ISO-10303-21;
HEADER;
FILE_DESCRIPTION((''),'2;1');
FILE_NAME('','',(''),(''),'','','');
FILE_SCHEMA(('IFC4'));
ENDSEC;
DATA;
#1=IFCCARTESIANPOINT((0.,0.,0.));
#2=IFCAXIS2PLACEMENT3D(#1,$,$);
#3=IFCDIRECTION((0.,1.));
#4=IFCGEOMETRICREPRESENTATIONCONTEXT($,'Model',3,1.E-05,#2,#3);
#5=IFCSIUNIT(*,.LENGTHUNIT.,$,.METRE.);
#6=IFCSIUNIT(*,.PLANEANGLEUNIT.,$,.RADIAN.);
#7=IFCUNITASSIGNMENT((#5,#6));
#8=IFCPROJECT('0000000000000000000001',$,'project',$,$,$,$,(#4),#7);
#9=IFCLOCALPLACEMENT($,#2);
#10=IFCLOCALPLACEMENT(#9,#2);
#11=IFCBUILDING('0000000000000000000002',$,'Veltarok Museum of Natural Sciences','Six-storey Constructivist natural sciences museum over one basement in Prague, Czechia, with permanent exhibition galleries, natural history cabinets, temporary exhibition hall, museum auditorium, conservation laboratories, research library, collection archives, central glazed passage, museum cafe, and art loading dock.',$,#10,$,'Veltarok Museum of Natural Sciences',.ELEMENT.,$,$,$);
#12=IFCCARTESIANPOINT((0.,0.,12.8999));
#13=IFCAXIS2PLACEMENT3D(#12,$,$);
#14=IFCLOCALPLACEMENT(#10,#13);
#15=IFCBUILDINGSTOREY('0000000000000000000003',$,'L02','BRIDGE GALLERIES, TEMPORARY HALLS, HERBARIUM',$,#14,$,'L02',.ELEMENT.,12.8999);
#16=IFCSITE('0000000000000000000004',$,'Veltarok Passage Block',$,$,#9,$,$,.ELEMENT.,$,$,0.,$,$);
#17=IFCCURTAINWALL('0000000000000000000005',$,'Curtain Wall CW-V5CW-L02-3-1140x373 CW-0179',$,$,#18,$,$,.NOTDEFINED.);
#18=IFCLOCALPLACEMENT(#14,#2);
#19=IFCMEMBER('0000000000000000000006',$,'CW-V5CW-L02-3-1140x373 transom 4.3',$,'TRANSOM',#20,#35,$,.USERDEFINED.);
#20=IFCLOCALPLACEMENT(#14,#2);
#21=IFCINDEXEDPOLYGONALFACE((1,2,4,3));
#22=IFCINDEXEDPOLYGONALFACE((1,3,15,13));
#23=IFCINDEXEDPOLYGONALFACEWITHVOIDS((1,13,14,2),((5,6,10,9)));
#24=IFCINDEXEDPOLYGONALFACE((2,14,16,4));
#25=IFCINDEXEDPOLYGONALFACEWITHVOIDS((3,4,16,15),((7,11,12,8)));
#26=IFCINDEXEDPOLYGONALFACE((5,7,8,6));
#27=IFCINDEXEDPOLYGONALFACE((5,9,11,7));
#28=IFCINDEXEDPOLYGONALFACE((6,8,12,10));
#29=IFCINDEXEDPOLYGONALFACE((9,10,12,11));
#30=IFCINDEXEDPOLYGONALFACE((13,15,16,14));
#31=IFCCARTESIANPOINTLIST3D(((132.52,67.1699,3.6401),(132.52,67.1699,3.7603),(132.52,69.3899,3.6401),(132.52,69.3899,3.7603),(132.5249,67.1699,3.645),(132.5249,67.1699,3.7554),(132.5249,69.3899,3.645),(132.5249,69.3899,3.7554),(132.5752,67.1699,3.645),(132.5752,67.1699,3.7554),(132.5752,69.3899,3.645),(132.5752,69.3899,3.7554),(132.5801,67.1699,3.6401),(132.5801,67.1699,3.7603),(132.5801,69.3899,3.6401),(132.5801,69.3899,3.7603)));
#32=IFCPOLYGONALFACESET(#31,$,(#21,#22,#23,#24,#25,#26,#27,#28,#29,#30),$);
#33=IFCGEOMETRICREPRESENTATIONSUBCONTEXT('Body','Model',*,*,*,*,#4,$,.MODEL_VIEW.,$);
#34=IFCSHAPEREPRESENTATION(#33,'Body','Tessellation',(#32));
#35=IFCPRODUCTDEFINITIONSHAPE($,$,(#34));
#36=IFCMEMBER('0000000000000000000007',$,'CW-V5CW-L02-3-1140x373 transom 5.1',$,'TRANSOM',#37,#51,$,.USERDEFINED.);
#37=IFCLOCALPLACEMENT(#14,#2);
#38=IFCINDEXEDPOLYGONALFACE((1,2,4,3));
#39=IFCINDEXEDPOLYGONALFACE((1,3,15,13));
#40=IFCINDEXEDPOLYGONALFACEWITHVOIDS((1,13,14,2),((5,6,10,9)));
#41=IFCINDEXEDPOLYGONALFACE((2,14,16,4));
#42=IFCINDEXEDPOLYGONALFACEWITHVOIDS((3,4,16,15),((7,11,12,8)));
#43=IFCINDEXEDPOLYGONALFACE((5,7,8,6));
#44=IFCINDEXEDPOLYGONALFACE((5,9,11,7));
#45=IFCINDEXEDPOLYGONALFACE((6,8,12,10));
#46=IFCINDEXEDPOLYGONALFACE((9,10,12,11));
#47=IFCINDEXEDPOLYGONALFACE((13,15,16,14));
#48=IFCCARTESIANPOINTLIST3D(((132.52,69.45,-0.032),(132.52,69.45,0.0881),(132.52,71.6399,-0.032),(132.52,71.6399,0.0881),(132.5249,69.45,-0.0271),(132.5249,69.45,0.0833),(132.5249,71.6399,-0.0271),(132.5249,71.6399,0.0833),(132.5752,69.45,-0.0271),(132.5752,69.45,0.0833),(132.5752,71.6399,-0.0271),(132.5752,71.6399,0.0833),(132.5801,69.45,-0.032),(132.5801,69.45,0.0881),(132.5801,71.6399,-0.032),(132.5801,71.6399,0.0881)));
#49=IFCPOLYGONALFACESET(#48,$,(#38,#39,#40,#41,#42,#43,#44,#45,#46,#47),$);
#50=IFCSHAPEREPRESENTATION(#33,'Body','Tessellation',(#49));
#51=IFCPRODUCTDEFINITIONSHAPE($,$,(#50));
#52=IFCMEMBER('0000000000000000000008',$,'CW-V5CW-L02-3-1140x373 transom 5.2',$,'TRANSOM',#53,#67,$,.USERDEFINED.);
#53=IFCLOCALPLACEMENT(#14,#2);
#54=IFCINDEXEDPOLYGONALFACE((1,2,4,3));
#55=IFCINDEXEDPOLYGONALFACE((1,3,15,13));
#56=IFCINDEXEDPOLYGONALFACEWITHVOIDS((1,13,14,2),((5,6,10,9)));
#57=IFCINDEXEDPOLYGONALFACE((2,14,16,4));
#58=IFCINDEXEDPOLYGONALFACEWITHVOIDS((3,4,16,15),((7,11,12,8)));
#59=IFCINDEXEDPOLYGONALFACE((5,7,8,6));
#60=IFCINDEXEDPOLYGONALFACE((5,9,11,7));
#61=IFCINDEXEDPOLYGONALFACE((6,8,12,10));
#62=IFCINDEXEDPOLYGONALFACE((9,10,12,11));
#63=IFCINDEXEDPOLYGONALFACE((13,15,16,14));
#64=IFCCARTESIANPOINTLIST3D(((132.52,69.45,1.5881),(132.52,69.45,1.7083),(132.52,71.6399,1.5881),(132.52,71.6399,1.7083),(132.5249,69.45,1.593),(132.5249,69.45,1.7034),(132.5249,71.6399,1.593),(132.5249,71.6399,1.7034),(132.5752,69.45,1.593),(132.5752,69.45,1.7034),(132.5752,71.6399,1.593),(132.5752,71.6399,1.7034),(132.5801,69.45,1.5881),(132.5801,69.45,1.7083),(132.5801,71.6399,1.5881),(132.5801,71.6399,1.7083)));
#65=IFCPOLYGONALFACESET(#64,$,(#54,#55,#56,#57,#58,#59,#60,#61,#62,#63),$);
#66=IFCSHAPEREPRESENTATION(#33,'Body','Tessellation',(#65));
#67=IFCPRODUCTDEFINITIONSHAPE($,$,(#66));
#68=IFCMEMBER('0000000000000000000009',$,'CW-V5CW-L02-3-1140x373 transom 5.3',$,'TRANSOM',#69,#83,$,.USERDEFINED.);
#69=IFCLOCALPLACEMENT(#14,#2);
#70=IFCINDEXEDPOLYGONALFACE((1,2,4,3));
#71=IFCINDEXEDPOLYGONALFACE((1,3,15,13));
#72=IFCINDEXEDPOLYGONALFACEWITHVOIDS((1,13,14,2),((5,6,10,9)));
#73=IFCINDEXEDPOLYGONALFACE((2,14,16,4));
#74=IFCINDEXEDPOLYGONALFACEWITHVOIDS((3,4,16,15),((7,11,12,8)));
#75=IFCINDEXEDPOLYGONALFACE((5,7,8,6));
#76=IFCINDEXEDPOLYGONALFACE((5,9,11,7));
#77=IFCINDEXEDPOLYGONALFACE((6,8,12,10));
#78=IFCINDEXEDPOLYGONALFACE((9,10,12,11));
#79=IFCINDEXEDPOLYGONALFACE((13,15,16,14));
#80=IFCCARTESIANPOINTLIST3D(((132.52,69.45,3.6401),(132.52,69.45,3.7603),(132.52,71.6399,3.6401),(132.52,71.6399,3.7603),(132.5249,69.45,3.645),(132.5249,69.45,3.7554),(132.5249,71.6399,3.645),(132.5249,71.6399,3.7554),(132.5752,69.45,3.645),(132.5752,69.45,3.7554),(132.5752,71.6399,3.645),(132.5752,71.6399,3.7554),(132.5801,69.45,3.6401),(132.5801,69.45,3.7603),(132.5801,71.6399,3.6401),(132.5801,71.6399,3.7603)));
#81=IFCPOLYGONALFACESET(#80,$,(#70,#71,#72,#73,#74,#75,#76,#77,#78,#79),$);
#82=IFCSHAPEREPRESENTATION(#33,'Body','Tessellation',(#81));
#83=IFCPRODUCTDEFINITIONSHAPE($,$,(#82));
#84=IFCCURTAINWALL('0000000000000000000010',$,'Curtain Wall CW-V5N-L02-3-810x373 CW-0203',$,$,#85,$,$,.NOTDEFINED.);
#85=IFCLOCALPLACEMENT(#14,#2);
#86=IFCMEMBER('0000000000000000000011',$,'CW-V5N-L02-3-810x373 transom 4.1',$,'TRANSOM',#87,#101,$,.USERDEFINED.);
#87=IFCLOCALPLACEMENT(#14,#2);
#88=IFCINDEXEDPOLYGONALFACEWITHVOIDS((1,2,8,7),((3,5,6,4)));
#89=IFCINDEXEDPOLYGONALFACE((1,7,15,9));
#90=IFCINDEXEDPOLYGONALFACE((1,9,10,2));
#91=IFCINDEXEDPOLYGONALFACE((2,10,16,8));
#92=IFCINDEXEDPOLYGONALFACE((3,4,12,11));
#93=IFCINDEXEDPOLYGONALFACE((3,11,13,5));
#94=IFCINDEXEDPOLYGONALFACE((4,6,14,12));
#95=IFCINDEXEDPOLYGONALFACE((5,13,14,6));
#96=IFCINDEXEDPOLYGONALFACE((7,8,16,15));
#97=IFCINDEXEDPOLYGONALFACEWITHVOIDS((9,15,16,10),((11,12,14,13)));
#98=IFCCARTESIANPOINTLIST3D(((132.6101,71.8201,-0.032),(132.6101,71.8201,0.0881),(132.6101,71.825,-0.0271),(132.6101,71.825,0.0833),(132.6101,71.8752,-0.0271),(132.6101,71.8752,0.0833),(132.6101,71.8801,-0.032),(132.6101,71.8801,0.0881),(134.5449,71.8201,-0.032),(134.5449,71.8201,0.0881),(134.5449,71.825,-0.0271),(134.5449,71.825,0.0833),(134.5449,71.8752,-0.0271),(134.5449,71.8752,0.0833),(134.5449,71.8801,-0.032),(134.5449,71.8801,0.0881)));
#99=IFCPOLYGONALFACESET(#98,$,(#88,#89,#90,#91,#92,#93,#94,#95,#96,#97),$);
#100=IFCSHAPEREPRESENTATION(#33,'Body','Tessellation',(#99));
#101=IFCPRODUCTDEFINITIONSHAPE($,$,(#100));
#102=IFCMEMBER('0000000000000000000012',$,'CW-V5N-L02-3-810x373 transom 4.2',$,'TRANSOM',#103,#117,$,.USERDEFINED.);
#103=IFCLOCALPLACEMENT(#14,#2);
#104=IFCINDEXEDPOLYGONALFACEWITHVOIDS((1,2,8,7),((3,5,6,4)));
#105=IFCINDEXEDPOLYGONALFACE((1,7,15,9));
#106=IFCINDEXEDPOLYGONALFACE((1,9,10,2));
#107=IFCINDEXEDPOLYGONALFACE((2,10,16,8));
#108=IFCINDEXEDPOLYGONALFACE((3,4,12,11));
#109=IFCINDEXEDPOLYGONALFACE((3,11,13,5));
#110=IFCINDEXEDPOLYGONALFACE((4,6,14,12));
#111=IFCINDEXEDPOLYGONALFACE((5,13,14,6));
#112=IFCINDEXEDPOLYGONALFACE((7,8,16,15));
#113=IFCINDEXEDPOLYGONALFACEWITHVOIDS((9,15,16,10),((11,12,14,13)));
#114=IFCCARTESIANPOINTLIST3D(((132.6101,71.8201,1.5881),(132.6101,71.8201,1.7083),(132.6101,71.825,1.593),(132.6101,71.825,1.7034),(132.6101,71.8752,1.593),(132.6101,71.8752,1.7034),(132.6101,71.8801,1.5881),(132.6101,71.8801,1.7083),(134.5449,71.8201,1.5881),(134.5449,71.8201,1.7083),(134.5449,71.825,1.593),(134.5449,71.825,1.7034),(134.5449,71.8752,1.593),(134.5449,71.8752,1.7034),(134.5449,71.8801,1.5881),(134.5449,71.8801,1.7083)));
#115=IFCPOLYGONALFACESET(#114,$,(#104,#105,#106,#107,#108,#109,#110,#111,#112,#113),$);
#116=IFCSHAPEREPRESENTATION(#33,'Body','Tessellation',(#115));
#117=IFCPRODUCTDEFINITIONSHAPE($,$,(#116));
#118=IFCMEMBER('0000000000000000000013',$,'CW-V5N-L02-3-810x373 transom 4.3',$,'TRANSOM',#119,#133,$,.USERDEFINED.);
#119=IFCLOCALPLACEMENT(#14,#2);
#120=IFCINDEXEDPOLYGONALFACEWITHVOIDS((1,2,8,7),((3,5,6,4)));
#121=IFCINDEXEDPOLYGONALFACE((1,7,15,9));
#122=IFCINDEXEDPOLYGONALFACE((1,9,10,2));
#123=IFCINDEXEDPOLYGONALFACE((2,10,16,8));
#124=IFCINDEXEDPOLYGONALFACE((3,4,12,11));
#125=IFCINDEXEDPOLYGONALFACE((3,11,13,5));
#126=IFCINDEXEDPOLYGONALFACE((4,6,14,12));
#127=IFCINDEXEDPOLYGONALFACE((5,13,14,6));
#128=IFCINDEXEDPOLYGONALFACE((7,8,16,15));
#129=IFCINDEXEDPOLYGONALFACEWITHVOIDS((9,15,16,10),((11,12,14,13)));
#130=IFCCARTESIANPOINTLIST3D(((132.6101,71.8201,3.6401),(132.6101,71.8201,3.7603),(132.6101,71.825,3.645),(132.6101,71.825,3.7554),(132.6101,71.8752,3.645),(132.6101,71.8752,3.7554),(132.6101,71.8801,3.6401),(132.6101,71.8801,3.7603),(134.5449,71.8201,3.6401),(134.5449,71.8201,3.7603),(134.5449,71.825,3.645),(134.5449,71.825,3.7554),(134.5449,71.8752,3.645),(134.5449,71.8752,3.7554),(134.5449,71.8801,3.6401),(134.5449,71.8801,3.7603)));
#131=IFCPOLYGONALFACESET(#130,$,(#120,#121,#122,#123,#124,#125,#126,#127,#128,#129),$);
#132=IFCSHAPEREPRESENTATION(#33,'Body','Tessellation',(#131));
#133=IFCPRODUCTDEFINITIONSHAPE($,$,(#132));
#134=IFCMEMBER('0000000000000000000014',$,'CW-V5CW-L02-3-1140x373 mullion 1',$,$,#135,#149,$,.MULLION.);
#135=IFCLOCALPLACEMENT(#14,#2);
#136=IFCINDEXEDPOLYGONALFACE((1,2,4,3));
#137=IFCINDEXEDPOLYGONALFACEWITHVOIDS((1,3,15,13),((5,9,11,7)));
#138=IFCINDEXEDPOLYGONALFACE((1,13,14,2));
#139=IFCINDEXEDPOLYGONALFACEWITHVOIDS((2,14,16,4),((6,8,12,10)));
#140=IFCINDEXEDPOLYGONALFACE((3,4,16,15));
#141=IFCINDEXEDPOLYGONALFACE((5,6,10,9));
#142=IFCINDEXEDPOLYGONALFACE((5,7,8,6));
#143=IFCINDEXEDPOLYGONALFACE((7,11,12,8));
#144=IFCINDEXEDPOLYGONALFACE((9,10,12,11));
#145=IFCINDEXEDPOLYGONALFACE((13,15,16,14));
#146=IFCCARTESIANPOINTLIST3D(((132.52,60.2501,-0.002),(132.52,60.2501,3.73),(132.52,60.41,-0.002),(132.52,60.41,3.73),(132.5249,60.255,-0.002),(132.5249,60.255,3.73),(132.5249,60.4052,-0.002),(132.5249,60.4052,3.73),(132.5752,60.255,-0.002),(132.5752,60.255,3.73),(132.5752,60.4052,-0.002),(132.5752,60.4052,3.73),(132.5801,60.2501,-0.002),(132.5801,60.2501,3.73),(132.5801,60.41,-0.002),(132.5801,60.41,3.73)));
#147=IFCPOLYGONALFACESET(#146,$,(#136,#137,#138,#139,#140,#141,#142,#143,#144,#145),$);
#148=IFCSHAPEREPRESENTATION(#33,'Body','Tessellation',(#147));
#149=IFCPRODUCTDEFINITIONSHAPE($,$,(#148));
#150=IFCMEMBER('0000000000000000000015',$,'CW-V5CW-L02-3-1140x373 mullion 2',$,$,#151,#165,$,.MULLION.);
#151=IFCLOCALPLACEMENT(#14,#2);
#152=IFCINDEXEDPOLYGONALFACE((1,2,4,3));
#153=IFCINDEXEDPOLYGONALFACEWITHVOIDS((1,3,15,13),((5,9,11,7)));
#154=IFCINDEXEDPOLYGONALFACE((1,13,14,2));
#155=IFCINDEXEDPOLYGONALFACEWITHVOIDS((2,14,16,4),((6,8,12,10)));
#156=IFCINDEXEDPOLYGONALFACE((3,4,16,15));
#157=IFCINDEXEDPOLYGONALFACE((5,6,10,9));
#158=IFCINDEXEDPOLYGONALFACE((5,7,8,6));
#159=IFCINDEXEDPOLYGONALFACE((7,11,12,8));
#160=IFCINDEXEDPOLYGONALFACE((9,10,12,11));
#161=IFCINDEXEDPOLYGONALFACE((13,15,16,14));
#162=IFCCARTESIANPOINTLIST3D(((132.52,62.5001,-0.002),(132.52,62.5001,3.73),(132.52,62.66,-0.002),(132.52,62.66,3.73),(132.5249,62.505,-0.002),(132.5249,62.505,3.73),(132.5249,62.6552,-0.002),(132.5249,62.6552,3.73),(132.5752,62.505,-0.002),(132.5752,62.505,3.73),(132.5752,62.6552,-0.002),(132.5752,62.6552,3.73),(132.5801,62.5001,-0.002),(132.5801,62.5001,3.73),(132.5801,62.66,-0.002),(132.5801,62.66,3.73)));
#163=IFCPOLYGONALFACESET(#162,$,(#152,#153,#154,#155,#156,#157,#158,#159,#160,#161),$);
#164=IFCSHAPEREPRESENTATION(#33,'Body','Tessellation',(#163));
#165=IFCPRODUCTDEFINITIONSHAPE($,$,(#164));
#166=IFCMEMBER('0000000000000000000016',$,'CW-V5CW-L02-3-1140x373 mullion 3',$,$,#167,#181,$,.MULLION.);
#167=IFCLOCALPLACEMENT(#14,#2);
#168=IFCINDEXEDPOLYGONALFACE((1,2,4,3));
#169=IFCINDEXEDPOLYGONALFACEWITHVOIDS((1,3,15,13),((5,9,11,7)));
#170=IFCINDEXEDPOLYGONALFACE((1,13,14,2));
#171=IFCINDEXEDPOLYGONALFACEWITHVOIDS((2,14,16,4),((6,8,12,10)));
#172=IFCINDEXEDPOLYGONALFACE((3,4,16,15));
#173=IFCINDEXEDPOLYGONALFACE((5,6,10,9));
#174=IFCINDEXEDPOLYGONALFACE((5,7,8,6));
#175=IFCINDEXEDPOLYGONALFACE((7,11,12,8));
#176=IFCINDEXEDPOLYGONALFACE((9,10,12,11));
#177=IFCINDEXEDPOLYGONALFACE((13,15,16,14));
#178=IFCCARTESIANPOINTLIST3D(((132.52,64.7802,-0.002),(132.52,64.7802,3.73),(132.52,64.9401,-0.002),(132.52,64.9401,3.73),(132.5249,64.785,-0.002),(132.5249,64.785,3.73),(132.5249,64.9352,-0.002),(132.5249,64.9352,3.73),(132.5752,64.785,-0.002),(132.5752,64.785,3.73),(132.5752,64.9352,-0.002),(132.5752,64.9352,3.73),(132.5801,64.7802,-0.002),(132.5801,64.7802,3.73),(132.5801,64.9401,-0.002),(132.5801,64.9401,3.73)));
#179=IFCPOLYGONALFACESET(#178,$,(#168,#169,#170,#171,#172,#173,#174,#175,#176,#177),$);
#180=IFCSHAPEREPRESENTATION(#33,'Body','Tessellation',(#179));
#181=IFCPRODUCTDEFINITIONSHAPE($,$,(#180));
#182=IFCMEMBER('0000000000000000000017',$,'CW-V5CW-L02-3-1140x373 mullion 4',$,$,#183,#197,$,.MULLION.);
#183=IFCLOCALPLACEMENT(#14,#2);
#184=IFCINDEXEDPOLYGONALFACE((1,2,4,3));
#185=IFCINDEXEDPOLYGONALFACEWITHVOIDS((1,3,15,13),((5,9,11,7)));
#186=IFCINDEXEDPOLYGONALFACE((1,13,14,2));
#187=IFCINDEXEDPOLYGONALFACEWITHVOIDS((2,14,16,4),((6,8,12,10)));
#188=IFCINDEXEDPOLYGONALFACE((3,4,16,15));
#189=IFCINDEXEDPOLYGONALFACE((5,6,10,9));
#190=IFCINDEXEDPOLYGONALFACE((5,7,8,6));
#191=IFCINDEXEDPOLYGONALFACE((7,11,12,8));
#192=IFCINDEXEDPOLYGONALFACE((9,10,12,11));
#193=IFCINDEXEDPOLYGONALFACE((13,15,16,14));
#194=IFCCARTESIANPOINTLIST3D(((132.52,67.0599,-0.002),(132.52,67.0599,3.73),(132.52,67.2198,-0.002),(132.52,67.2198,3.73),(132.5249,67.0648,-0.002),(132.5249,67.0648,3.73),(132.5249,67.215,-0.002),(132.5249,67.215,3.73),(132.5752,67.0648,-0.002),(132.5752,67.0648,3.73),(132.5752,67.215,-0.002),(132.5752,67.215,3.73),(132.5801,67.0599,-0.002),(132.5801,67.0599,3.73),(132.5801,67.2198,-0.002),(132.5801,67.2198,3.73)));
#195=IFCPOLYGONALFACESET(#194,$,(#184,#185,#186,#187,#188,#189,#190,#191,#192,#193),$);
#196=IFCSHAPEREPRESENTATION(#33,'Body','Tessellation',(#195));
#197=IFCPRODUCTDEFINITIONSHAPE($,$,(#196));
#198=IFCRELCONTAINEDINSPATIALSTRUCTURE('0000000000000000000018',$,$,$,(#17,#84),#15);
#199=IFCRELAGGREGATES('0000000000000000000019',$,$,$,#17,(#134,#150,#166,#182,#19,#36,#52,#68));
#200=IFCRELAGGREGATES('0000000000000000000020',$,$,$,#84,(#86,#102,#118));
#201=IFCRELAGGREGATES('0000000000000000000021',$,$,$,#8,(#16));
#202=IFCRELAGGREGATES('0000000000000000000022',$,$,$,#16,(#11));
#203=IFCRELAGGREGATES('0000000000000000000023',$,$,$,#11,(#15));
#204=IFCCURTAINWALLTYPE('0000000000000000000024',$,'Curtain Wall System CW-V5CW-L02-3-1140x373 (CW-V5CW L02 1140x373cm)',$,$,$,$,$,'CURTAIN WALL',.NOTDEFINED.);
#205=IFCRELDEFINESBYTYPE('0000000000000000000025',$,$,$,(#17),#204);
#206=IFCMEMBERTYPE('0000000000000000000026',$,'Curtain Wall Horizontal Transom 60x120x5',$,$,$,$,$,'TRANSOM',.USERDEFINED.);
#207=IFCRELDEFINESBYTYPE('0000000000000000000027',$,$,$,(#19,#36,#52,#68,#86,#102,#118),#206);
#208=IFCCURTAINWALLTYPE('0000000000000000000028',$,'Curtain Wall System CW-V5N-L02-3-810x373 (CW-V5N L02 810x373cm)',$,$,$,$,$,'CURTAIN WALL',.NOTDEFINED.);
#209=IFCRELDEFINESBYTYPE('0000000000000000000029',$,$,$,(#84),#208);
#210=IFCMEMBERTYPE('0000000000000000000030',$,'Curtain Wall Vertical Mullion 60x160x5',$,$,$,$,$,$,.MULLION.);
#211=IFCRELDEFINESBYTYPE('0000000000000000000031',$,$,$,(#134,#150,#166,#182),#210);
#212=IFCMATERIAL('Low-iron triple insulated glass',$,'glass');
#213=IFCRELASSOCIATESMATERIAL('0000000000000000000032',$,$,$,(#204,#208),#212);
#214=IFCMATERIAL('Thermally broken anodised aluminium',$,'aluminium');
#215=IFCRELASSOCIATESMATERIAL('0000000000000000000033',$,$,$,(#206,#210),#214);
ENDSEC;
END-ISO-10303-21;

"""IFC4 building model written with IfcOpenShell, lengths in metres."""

from ifc_helpers import new_model, si_unit, direction, frame, origin, origin_2d, place, context, subcontext, project, spatial, hollow_rectangle, extrude, material, material_profile, profile_set, type_object, element, aggregate, save


model = new_model("IFC4")

# Units and contexts
model_context = context("Model", 3, precision=1e-05, world=origin(), true_north=direction((0.0, 1.0)))
body_context = subcontext(model_context, "Body", "Model", "MODEL_VIEW")
ifc_project = project(units=[si_unit("LENGTHUNIT", "METRE"), si_unit("PLANEANGLEUNIT", "RADIAN")], contexts=[model_context])

# Site, building, storey
site_placement = place(None, origin())
site = spatial("IfcSite", under=ifc_project, at=site_placement, Name="Veltarok Passage Block", CompositionType="ELEMENT", RefElevation=0.0)
building_placement = place(site_placement, origin())
building = spatial("IfcBuilding", under=site, at=building_placement, Name="Veltarok Museum of Natural Sciences", Description="Six-storey Constructivist natural sciences museum over one basement in Prague, Czechia, with permanent exhibition galleries, natural history cabinets, temporary exhibition hall, museum auditorium, conservation laboratories, research library, collection archives, central glazed passage, museum cafe, and art loading dock.", LongName="Veltarok Museum of Natural Sciences", CompositionType="ELEMENT")
storey_placement = place(building_placement, frame((0.0, 0.0, 12.8999)))
storey = spatial("IfcBuildingStorey", under=building, at=storey_placement, Name="L02", Description="BRIDGE GALLERIES, TEMPORARY HALLS, HERBARIUM", LongName="L02", CompositionType="ELEMENT", Elevation=12.8999)

# Curtain walls, members
ifc_material_1 = material(Name="Low-iron triple insulated glass", Category="glass")
curtain_wall_type_1 = type_object("IfcCurtainWallType", Name="Curtain Wall System CW-V5CW-L02-3-1140x373 (CW-V5CW L02 1140x373cm)", ElementType="CURTAIN WALL", PredefinedType="NOTDEFINED", material=ifc_material_1)
curtain_wall_1_placement = place(storey_placement, origin())
curtain_wall_1 = element("IfcCurtainWall", 1, at=curtain_wall_1_placement, inside=storey, type_object=curtain_wall_type_1, Name="Curtain Wall CW-V5CW-L02-3-1140x373 CW-0179", PredefinedType="NOTDEFINED")
ifc_material_2 = material(Name="Thermally broken anodised aluminium", Category="aluminium")
ifc_material_profile_1 = material_profile(ifc_material_2, hollow_rectangle(XDim=0.0601, YDim=0.1201, WallThickness=0.0049, at=origin_2d()), Name="CW TRANSOM 60x120x5")
ifc_profile_set_1 = profile_set([ifc_material_profile_1], Name="Thermally broken anodised aluminium")
member_type_1 = type_object("IfcMemberType", Name="Curtain Wall Horizontal Transom 60x120x5", ElementType="TRANSOM", PredefinedType="USERDEFINED", material=ifc_profile_set_1)
member_1_placement = place(storey_placement, frame((132.55, 67.1699, 3.7002), z_axis=(0.0, 1.0, 0.0), x_axis=(-1.0, 0.0, 0.0)))
member_1 = element("IfcMember", 2, at=member_1_placement, type_object=member_type_1, Name="CW-V5CW-L02-3-1140x373 transom 4.3", ObjectType="TRANSOM", PredefinedType="USERDEFINED", context=body_context, shape_type="SweptSolid", body=[
    extrude(hollow_rectangle(XDim=0.0601, YDim=0.1201, WallThickness=0.0049, at=origin_2d()), origin(), (0.0, 0.0, 1.0), 2.22),
])
member_2_placement = place(storey_placement, frame((132.55, 69.45, 0.0281), z_axis=(0.0, 1.0, 0.0), x_axis=(-1.0, 0.0, 0.0)))
member_2 = element("IfcMember", 3, at=member_2_placement, type_object=member_type_1, Name="CW-V5CW-L02-3-1140x373 transom 5.1", ObjectType="TRANSOM", PredefinedType="USERDEFINED", context=body_context, shape_type="SweptSolid", body=[
    extrude(hollow_rectangle(XDim=0.0601, YDim=0.1201, WallThickness=0.0049, at=origin_2d()), origin(), (0.0, 0.0, 1.0), 2.1899),
])
member_3_placement = place(storey_placement, frame((132.55, 69.45, 1.6482), z_axis=(0.0, 1.0, 0.0), x_axis=(-1.0, 0.0, 0.0)))
member_3 = element("IfcMember", 4, at=member_3_placement, type_object=member_type_1, Name="CW-V5CW-L02-3-1140x373 transom 5.2", ObjectType="TRANSOM", PredefinedType="USERDEFINED", context=body_context, shape_type="SweptSolid", body=[
    extrude(hollow_rectangle(XDim=0.0601, YDim=0.1201, WallThickness=0.0049, at=origin_2d()), origin(), (0.0, 0.0, 1.0), 2.1899),
])
member_4_placement = place(storey_placement, frame((132.55, 69.45, 3.7002), z_axis=(0.0, 1.0, 0.0), x_axis=(-1.0, 0.0, 0.0)))
member_4 = element("IfcMember", 5, at=member_4_placement, type_object=member_type_1, Name="CW-V5CW-L02-3-1140x373 transom 5.3", ObjectType="TRANSOM", PredefinedType="USERDEFINED", context=body_context, shape_type="SweptSolid", body=[
    extrude(hollow_rectangle(XDim=0.0601, YDim=0.1201, WallThickness=0.0049, at=origin_2d()), origin(), (0.0, 0.0, 1.0), 2.1899),
])
curtain_wall_type_2 = type_object("IfcCurtainWallType", Name="Curtain Wall System CW-V5N-L02-3-810x373 (CW-V5N L02 810x373cm)", ElementType="CURTAIN WALL", PredefinedType="NOTDEFINED", material=ifc_material_1)
curtain_wall_2_placement = place(storey_placement, origin())
curtain_wall_2 = element("IfcCurtainWall", 6, at=curtain_wall_2_placement, inside=storey, type_object=curtain_wall_type_2, Name="Curtain Wall CW-V5N-L02-3-810x373 CW-0203", PredefinedType="NOTDEFINED")
member_5_placement = place(storey_placement, frame((134.5449, 71.8501, 0.0281), z_axis=(-1.0, 0.0, 0.0), x_axis=(0.0, -1.0, 0.0)))
member_5 = element("IfcMember", 7, at=member_5_placement, type_object=member_type_1, Name="CW-V5N-L02-3-810x373 transom 4.1", ObjectType="TRANSOM", PredefinedType="USERDEFINED", context=body_context, shape_type="SweptSolid", body=[
    extrude(hollow_rectangle(XDim=0.0601, YDim=0.1201, WallThickness=0.0049, at=origin_2d()), origin(), (0.0, 0.0, 1.0), 1.9348),
])
member_6_placement = place(storey_placement, frame((134.5449, 71.8501, 1.6482), z_axis=(-1.0, 0.0, 0.0), x_axis=(0.0, -1.0, 0.0)))
member_6 = element("IfcMember", 8, at=member_6_placement, type_object=member_type_1, Name="CW-V5N-L02-3-810x373 transom 4.2", ObjectType="TRANSOM", PredefinedType="USERDEFINED", context=body_context, shape_type="SweptSolid", body=[
    extrude(hollow_rectangle(XDim=0.0601, YDim=0.1201, WallThickness=0.0049, at=origin_2d()), origin(), (0.0, 0.0, 1.0), 1.9348),
])
member_7_placement = place(storey_placement, frame((134.5449, 71.8501, 3.7002), z_axis=(-1.0, 0.0, 0.0), x_axis=(0.0, -1.0, 0.0)))
member_7 = element("IfcMember", 9, at=member_7_placement, type_object=member_type_1, Name="CW-V5N-L02-3-810x373 transom 4.3", ObjectType="TRANSOM", PredefinedType="USERDEFINED", context=body_context, shape_type="SweptSolid", body=[
    extrude(hollow_rectangle(XDim=0.0601, YDim=0.1201, WallThickness=0.0049, at=origin_2d()), origin(), (0.0, 0.0, 1.0), 1.9348),
])

# Members
ifc_material_profile_2 = material_profile(ifc_material_2, hollow_rectangle(XDim=0.0601, YDim=0.1599, WallThickness=0.0049, at=origin_2d()), Name="CW MULLION 60x160x5")
ifc_profile_set_2 = profile_set([ifc_material_profile_2], Name="Thermally broken anodised aluminium")
member_type_2 = type_object("IfcMemberType", Name="Curtain Wall Vertical Mullion 60x160x5", PredefinedType="MULLION", material=ifc_profile_set_2)
member_8_placement = place(storey_placement, frame((132.55, 60.3301, -0.002), z_axis=(0.0, 0.0, 1.0), x_axis=(-1.0, 0.0, 0.0)))
member_8 = element("IfcMember", 10, at=member_8_placement, type_object=member_type_2, Name="CW-V5CW-L02-3-1140x373 mullion 1", PredefinedType="MULLION", context=body_context, shape_type="SweptSolid", body=[
    extrude(hollow_rectangle(XDim=0.0601, YDim=0.1599, WallThickness=0.0049, at=origin_2d()), origin(), (0.0, 0.0, 1.0), 3.7319),
])
member_9_placement = place(storey_placement, frame((132.55, 62.5801, -0.002), z_axis=(0.0, 0.0, 1.0), x_axis=(-1.0, 0.0, 0.0)))
member_9 = element("IfcMember", 11, at=member_9_placement, type_object=member_type_2, Name="CW-V5CW-L02-3-1140x373 mullion 2", PredefinedType="MULLION", context=body_context, shape_type="SweptSolid", body=[
    extrude(hollow_rectangle(XDim=0.0601, YDim=0.1599, WallThickness=0.0049, at=origin_2d()), origin(), (0.0, 0.0, 1.0), 3.7319),
])
member_10_placement = place(storey_placement, frame((132.55, 64.8601, -0.002), z_axis=(0.0, 0.0, 1.0), x_axis=(-1.0, 0.0, 0.0)))
member_10 = element("IfcMember", 12, at=member_10_placement, type_object=member_type_2, Name="CW-V5CW-L02-3-1140x373 mullion 3", PredefinedType="MULLION", context=body_context, shape_type="SweptSolid", body=[
    extrude(hollow_rectangle(XDim=0.0601, YDim=0.1599, WallThickness=0.0049, at=origin_2d()), origin(), (0.0, 0.0, 1.0), 3.7319),
])
member_11_placement = place(storey_placement, frame((132.55, 67.1399, -0.002), z_axis=(0.0, 0.0, 1.0), x_axis=(-1.0, 0.0, 0.0)))
member_11 = element("IfcMember", 13, at=member_11_placement, type_object=member_type_2, Name="CW-V5CW-L02-3-1140x373 mullion 4", PredefinedType="MULLION", context=body_context, shape_type="SweptSolid", body=[
    extrude(hollow_rectangle(XDim=0.0601, YDim=0.1599, WallThickness=0.0049, at=origin_2d()), origin(), (0.0, 0.0, 1.0), 3.7319),
])

aggregate(curtain_wall_1, [member_8, member_9, member_10, member_11, member_1, member_2, member_3, member_4])
aggregate(curtain_wall_2, [member_5, member_6, member_7])

save(model, "model.ifc")
